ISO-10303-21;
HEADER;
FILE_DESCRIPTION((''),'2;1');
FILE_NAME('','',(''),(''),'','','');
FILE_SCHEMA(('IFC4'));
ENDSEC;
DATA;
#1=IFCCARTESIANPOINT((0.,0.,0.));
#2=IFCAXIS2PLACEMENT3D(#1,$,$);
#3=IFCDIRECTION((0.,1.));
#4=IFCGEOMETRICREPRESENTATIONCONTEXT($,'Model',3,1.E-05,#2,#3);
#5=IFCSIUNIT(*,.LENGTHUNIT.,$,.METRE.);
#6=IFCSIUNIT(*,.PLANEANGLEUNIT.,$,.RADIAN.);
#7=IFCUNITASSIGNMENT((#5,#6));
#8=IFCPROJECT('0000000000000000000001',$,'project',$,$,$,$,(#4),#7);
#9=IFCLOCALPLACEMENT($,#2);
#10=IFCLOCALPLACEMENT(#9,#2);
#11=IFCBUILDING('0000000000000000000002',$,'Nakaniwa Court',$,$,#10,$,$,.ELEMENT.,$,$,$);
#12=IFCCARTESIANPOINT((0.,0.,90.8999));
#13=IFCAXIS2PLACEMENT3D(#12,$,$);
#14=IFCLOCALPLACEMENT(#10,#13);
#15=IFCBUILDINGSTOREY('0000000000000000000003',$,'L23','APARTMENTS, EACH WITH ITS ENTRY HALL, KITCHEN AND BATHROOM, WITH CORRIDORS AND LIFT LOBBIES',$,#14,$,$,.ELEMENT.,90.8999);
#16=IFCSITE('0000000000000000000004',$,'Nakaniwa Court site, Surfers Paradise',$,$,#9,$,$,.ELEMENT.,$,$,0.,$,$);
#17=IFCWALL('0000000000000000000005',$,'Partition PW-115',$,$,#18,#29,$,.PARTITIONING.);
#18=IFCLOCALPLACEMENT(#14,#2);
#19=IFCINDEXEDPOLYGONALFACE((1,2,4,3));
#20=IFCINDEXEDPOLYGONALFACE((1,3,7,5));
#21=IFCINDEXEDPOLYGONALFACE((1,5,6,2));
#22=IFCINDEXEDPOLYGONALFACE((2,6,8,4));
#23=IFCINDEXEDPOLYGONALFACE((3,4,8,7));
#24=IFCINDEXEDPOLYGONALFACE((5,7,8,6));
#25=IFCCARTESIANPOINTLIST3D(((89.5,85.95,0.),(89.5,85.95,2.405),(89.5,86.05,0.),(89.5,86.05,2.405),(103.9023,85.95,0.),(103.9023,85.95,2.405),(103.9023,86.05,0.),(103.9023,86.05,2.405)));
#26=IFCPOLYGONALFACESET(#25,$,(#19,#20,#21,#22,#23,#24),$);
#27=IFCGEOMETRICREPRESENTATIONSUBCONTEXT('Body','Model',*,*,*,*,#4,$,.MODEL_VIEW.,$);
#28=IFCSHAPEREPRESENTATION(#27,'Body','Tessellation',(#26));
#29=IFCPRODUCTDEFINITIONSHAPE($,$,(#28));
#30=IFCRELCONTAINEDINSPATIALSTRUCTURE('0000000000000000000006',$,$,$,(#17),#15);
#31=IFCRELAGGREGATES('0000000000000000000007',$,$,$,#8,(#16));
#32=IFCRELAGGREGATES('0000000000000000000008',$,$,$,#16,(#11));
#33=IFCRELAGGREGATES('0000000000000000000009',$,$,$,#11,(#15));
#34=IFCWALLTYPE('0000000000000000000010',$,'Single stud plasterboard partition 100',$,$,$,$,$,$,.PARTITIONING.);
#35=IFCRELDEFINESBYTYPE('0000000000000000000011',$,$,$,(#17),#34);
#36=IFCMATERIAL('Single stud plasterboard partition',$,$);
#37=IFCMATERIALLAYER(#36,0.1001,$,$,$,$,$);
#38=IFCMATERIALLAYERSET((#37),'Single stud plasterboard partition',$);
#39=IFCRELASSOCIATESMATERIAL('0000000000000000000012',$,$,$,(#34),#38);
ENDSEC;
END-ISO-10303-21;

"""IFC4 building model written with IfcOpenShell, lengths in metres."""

from ifc_helpers import new_model, si_unit, direction, frame, frame_2d, origin, place, context, subcontext, project, spatial, rectangle, extrude, material, layer, layer_set, type_object, element, save


model = new_model("IFC4")

# Units and contexts
model_context = context("Model", 3, precision=1e-05, world=origin(), true_north=direction((0.0, 1.0)))
body_context = subcontext(model_context, "Body", "Model", "MODEL_VIEW")
ifc_project = project(units=[si_unit("LENGTHUNIT", "METRE"), si_unit("PLANEANGLEUNIT", "RADIAN")], contexts=[model_context])

# Site, building, storey
site_placement = place(None, origin())
site = spatial("IfcSite", under=ifc_project, at=site_placement, Name="Nakaniwa Court site, Surfers Paradise", CompositionType="ELEMENT", RefElevation=0.0)
building_placement = place(site_placement, origin())
building = spatial("IfcBuilding", under=site, at=building_placement, Name="Nakaniwa Court", CompositionType="ELEMENT")
storey_placement = place(building_placement, frame((0.0, 0.0, 90.8999)))
storey = spatial("IfcBuildingStorey", under=building, at=storey_placement, Name="L23", Description="APARTMENTS, EACH WITH ITS ENTRY HALL, KITCHEN AND BATHROOM, WITH CORRIDORS AND LIFT LOBBIES", CompositionType="ELEMENT", Elevation=90.8999)

# Wall
ifc_material_1 = material(Name="Single stud plasterboard partition")
ifc_layer_1 = layer(ifc_material_1, 0.1001)
ifc_layer_set_1 = layer_set([ifc_layer_1], Name="Single stud plasterboard partition")
wall_type_1 = type_object("IfcWallType", Name="Single stud plasterboard partition 100", PredefinedType="PARTITIONING", material=ifc_layer_set_1)
wall_1_placement = place(storey_placement, frame((89.5, 86.0, 0.0), z_axis=(0.0, 0.0, 1.0), x_axis=(1.0, 0.0, 0.0)))
element("IfcWall", 1, at=wall_1_placement, inside=storey, type_object=wall_type_1, Name="Partition PW-115", PredefinedType="PARTITIONING", context=body_context, shape_type="SweptSolid", body=[
    extrude(rectangle(XDim=14.4023, YDim=0.1001, at=frame_2d((7.2012, 0.0))), origin(), (0.0, 0.0, 1.0), 2.405),
])

save(model, "model.ifc")
